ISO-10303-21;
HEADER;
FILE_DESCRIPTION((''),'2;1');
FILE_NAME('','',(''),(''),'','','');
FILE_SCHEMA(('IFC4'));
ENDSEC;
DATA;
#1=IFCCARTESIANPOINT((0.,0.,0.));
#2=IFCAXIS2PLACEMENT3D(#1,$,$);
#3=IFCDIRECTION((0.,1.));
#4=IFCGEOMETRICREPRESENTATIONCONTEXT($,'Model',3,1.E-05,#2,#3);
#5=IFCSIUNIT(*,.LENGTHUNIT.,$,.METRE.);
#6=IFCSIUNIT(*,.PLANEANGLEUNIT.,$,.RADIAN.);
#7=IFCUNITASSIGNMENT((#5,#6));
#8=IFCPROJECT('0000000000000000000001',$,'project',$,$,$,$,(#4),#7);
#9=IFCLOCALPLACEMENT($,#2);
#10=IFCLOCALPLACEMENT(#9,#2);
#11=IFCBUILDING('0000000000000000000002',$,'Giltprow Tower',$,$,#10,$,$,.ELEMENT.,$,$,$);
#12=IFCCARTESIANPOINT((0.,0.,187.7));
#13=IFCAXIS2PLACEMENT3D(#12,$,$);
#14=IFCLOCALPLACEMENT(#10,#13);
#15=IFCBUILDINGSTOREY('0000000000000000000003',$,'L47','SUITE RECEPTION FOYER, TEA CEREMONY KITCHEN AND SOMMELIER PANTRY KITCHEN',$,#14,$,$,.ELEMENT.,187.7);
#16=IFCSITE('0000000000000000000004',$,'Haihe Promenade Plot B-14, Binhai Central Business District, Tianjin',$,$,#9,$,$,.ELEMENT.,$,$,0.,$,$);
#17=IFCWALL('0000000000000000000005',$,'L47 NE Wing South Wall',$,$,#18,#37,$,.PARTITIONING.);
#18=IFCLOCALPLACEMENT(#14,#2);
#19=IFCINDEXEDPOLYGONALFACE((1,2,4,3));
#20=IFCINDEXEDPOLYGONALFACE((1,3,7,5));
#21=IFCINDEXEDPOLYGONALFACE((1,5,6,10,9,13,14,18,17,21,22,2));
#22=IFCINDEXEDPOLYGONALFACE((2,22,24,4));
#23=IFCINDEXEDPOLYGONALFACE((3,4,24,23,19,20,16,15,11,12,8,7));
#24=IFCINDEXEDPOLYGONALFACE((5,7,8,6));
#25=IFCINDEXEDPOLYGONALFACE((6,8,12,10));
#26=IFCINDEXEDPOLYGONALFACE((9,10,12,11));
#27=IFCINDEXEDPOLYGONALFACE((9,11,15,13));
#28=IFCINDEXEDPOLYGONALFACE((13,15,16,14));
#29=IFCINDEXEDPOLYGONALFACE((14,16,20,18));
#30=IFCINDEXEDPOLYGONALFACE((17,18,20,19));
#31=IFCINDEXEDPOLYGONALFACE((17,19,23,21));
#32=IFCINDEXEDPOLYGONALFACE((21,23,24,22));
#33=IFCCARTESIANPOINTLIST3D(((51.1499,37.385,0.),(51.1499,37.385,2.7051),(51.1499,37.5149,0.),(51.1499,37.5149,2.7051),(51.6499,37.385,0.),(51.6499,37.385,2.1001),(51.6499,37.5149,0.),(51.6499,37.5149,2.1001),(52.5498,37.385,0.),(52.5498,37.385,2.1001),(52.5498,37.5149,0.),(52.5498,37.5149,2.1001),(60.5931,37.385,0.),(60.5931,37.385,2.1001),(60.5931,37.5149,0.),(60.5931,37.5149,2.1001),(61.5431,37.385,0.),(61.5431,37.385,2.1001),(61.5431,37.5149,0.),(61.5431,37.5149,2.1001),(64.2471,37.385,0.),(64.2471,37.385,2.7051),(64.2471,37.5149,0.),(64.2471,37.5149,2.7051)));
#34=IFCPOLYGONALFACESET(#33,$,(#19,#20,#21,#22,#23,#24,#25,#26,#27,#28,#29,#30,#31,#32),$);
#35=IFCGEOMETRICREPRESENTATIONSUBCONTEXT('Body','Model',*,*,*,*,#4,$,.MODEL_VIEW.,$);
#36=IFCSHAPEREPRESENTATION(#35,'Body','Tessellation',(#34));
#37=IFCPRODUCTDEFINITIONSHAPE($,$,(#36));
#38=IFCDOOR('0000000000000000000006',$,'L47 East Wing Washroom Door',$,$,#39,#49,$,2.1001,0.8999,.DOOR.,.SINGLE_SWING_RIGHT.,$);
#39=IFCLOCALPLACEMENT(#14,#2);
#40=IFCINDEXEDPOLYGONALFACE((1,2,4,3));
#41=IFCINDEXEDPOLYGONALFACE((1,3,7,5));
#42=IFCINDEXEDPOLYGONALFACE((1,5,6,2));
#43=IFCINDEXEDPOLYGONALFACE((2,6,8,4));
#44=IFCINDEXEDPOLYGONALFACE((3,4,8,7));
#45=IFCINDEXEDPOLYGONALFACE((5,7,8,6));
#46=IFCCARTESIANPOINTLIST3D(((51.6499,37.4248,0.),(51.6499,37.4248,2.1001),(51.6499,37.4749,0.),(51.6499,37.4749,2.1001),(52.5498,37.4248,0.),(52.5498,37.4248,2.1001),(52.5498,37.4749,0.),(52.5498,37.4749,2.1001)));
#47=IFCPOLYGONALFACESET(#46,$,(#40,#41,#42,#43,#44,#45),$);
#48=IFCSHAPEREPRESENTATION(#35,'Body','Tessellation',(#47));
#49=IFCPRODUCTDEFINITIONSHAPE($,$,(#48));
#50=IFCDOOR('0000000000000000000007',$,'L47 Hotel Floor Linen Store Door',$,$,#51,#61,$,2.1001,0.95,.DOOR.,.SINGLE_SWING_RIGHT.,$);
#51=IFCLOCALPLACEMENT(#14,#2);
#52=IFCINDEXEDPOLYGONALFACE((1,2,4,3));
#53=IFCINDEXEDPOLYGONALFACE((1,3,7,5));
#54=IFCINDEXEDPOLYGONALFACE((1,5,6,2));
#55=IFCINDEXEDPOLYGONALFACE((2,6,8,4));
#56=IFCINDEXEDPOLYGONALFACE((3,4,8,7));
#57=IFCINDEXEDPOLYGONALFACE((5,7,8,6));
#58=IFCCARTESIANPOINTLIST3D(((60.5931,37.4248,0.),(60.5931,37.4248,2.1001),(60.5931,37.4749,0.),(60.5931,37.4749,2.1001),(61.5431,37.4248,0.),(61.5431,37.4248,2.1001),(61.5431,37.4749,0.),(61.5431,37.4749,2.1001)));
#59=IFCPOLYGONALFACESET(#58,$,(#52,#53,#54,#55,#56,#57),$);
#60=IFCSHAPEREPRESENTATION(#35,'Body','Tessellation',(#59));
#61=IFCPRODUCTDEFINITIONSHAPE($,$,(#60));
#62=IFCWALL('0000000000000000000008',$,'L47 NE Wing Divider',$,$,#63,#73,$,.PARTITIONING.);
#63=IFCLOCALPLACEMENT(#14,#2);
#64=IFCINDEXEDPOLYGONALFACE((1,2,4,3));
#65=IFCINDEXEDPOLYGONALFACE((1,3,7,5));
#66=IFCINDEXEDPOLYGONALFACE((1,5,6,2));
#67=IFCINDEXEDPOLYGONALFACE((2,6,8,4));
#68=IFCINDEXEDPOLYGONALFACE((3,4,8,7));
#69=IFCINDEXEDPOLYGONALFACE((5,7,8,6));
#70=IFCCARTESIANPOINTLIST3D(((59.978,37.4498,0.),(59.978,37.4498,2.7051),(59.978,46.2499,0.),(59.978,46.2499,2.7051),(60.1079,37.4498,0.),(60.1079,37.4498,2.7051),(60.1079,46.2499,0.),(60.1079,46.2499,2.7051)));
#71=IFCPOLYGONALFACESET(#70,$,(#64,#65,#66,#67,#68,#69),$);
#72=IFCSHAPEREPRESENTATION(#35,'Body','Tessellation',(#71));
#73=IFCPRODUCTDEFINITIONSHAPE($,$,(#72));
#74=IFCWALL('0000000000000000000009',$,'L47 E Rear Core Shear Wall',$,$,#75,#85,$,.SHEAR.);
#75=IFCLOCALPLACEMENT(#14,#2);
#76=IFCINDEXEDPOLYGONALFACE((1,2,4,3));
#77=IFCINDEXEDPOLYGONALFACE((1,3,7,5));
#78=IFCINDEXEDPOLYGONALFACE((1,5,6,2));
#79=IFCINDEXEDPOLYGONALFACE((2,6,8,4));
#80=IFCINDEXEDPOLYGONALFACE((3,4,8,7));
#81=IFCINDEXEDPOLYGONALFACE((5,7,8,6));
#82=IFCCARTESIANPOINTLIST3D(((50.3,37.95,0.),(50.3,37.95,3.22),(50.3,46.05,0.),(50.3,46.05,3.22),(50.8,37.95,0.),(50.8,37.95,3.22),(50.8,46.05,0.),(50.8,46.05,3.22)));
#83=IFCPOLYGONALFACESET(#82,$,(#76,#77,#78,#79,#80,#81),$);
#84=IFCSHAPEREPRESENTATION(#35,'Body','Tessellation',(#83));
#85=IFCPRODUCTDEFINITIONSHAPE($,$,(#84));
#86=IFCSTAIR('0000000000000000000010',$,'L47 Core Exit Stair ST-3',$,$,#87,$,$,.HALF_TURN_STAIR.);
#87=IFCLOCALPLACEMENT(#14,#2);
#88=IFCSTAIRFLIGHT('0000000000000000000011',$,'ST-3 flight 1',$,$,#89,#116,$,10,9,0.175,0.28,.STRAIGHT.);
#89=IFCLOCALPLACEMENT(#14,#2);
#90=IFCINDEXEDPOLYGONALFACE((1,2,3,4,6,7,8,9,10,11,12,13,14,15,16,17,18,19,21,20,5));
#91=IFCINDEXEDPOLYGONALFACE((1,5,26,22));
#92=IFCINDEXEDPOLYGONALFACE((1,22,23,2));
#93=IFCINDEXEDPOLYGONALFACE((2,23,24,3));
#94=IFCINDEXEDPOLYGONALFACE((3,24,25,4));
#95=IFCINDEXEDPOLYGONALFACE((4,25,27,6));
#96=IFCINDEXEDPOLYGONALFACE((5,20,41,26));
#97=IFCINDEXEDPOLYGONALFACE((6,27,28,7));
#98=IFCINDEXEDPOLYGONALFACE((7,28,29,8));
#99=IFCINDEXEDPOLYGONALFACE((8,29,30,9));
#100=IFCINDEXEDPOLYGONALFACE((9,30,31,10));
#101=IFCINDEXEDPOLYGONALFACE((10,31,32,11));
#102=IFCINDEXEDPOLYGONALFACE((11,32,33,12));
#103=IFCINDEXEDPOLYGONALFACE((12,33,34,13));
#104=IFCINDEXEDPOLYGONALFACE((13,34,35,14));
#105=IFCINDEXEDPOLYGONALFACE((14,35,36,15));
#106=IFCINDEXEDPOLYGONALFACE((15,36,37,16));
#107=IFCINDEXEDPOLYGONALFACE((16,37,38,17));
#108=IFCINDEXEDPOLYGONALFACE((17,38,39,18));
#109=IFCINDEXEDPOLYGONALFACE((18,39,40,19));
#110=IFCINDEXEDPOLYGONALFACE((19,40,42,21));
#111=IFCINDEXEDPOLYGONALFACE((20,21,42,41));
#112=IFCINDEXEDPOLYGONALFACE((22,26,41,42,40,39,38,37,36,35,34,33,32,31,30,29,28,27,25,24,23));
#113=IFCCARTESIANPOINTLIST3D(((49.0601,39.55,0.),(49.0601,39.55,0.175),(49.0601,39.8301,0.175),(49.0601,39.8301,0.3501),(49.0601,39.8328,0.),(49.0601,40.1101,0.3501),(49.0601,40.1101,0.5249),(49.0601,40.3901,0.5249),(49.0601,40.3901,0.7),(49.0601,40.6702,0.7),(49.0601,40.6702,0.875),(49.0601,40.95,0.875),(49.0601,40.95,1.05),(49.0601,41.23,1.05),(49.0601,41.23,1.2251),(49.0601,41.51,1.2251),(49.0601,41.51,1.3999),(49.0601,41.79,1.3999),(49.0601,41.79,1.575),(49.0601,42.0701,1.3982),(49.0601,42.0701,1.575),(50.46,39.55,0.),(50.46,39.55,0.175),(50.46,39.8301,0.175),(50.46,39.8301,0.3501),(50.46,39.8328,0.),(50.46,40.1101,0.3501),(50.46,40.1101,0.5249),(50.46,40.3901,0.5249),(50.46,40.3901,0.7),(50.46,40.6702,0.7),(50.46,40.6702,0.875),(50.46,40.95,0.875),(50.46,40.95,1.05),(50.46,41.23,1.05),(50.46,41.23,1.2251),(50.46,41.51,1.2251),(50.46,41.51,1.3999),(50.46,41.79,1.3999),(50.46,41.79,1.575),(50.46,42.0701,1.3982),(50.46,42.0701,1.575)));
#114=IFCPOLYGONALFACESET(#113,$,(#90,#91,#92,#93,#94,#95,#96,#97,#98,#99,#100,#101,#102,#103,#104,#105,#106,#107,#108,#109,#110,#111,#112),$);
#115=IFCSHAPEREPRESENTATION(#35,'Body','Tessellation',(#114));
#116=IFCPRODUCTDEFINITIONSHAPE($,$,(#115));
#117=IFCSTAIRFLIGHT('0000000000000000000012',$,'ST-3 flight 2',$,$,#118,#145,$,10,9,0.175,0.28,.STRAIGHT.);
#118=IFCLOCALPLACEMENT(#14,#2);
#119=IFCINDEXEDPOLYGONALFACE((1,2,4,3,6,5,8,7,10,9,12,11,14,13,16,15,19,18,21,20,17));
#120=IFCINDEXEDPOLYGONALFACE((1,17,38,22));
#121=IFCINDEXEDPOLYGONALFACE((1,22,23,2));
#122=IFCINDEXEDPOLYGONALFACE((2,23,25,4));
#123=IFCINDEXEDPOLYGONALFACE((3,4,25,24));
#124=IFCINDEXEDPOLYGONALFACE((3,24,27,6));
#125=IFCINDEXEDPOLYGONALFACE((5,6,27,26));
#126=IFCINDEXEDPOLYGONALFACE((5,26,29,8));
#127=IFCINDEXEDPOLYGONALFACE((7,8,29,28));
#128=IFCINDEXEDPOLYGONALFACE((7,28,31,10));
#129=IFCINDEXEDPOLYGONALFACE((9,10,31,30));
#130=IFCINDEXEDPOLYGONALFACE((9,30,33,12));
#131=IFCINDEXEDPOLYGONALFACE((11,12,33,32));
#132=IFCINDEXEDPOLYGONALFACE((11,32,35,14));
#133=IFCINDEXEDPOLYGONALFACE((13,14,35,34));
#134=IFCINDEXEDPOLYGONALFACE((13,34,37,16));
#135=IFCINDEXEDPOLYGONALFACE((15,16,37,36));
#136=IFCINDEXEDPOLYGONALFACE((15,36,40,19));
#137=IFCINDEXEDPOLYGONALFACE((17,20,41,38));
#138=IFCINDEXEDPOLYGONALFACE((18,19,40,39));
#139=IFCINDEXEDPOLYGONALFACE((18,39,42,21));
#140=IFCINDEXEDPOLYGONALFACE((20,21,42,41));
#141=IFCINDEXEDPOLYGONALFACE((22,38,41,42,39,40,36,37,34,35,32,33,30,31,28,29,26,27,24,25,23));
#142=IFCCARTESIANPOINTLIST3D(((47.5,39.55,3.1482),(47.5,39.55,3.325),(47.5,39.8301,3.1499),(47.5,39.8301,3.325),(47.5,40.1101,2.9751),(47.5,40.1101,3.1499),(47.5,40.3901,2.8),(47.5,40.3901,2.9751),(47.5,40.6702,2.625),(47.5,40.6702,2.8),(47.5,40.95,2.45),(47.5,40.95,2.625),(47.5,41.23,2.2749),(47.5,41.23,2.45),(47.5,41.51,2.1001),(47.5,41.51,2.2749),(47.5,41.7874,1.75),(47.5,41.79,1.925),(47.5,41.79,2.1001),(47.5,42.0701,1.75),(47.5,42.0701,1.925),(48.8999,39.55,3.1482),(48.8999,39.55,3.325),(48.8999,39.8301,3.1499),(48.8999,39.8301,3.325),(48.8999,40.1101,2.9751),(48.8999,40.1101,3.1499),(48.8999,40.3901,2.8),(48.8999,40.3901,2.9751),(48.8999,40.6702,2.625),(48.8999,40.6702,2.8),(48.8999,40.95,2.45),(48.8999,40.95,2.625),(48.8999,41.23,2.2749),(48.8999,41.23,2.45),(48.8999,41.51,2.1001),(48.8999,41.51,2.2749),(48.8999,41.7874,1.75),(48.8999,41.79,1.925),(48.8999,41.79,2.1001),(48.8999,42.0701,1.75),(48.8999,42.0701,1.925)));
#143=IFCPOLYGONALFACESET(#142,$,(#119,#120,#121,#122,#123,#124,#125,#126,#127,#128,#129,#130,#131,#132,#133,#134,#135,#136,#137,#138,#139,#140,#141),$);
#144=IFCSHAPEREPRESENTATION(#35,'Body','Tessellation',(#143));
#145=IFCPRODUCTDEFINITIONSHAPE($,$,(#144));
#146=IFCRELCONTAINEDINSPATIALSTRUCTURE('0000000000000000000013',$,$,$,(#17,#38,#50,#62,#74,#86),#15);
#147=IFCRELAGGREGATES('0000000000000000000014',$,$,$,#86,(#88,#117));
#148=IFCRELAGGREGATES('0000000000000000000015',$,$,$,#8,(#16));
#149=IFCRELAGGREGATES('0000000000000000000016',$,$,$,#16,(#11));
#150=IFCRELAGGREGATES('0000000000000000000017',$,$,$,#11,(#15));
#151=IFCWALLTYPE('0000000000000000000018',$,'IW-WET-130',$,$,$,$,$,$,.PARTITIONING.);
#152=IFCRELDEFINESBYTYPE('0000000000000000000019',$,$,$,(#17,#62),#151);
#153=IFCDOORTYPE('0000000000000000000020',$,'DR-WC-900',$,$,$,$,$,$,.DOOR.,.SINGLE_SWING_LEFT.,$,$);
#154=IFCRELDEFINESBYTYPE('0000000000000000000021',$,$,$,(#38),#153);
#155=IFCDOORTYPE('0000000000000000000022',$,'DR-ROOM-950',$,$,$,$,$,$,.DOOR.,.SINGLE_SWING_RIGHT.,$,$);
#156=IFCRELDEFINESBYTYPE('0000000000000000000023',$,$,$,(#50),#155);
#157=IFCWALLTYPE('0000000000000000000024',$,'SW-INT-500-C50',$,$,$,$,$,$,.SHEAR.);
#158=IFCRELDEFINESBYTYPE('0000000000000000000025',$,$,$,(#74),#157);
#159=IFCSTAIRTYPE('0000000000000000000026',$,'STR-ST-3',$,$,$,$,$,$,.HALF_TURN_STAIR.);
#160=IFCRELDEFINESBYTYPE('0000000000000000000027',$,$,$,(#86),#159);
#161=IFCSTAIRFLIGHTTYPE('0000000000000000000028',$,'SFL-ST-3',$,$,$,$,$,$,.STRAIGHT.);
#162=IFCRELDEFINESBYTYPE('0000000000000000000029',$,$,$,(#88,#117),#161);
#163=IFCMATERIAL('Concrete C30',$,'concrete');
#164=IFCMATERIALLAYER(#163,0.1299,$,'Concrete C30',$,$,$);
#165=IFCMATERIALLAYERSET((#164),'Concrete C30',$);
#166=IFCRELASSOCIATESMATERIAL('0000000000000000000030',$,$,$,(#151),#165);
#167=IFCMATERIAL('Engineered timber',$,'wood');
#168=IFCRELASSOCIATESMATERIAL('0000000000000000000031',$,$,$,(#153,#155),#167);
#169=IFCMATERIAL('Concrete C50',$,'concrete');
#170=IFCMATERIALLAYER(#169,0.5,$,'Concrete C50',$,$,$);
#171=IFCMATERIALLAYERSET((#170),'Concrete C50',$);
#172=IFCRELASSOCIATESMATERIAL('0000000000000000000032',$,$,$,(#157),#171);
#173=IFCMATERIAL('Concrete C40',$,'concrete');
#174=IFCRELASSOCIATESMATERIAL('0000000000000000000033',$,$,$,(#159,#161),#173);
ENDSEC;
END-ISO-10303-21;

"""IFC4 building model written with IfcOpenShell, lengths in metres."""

from ifc_helpers import new_model, si_unit, direction, frame, frame_2d, origin, place, context, subcontext, project, spatial, polyline, rectangle, outline, extrude, source, transform, mapped, material, layer, layer_set, type_object, element, fill, aggregate, save


model = new_model("IFC4")

# Units and contexts
model_context = context("Model", 3, precision=1e-05, world=origin(), true_north=direction((0.0, 1.0)))
body_context = subcontext(model_context, "Body", "Model", "MODEL_VIEW")
ifc_project = project(units=[si_unit("LENGTHUNIT", "METRE"), si_unit("PLANEANGLEUNIT", "RADIAN")], contexts=[model_context])

# Site, building, storey
site_placement = place(None, origin())
site = spatial("IfcSite", under=ifc_project, at=site_placement, Name="Haihe Promenade Plot B-14, Binhai Central Business District, Tianjin", CompositionType="ELEMENT", RefElevation=0.0)
building_placement = place(site_placement, origin())
building = spatial("IfcBuilding", under=site, at=building_placement, Name="Giltprow Tower", CompositionType="ELEMENT")
storey_placement = place(building_placement, frame((0.0, 0.0, 187.7)))
storey = spatial("IfcBuildingStorey", under=building, at=storey_placement, Name="L47", Description="SUITE RECEPTION FOYER, TEA CEREMONY KITCHEN AND SOMMELIER PANTRY KITCHEN", CompositionType="ELEMENT", Elevation=187.7)

# Shared definitions
ifc_material_1 = material(Name="Concrete C50", Category="concrete")

# Shared definitions
ifc_material_2 = material(Name="Concrete C40", Category="concrete")

# Wall, openings, doors
ifc_material_3 = material(Name="Concrete C30", Category="concrete")
ifc_layer_1 = layer(ifc_material_3, 0.1299, Name="Concrete C30")
ifc_layer_set_1 = layer_set([ifc_layer_1], Name="Concrete C30")
wall_type_1 = type_object("IfcWallType", Name="IW-WET-130", PredefinedType="PARTITIONING", material=ifc_layer_set_1)
wall_1_placement = place(storey_placement, frame((51.1499, 37.45, 0.0), z_axis=(0.0, 0.0, 1.0), x_axis=(1.0, 0.0, 0.0)))
wall_1 = element("IfcWall", 1, at=wall_1_placement, inside=storey, type_object=wall_type_1, Name="L47 NE Wing South Wall", PredefinedType="PARTITIONING", context=body_context, shape_type="SweptSolid", body=[
    extrude(rectangle(XDim=13.0972, YDim=0.1299, at=frame_2d((6.5486, 0.0))), origin(), (0.0, 0.0, 1.0), 2.7051),
])
opening_1_placement = place(wall_1_placement, frame((0.5, 0.0, 0.0)))
opening_1 = element("IfcOpeningElement", 2, at=opening_1_placement, cuts=wall_1, PredefinedType="OPENING", context=body_context, shape_type="SweptSolid", body=[
    extrude(rectangle(XDim=0.8999, YDim=2.1001, at=frame_2d((0.45, 1.05))), frame((0.0, 0.075, 0.0), z_axis=(0.0, -1.0, 0.0), x_axis=(1.0, 0.0, 0.0)), (0.0, 0.0, 1.0), 0.1499),
])
opening_2_placement = place(wall_1_placement, frame((9.4431, 0.0, 0.0)))
opening_2 = element("IfcOpeningElement", 3, at=opening_2_placement, cuts=wall_1, PredefinedType="OPENING", context=body_context, shape_type="SweptSolid", body=[
    extrude(rectangle(XDim=0.95, YDim=2.1001, at=frame_2d((0.4751, 1.05))), frame((0.0, 0.075, 0.0), z_axis=(0.0, -1.0, 0.0), x_axis=(1.0, 0.0, 0.0)), (0.0, 0.0, 1.0), 0.1499),
])
ifc_material_4 = material(Name="Engineered timber", Category="wood")
door_type_1 = type_object("IfcDoorType", Name="DR-WC-900", OperationType="SINGLE_SWING_LEFT", PredefinedType="DOOR", material=ifc_material_4)
shared_shape_1 = source(origin(), body_context, "Body", "SweptSolid", [
    extrude(rectangle(XDim=0.8999, YDim=2.1001, at=frame_2d((0.45, 1.05))), frame((0.0, 0.0249, 0.0), z_axis=(0.0, -1.0, 0.0), x_axis=(1.0, 0.0, 0.0)), (0.0, 0.0, 1.0), 0.05),
])
door_1_placement = place(opening_1_placement, origin())
door_1 = element("IfcDoor", 4, at=door_1_placement, inside=storey, type_object=door_type_1, Name="L47 East Wing Washroom Door", OperationType="SINGLE_SWING_RIGHT", OverallHeight=2.1001, OverallWidth=0.8999, PredefinedType="DOOR", context=body_context, shape_type="MappedRepresentation", body=[
    mapped(shared_shape_1, transform((0.0, 0.0, 0.0), x_axis=(1.0, 0.0, 0.0), y_axis=(0.0, 1.0, 0.0), z_axis=(0.0, 0.0, 1.0), scale=1.0)),
])
fill(opening_1, door_1)
door_type_2 = type_object("IfcDoorType", Name="DR-ROOM-950", OperationType="SINGLE_SWING_RIGHT", PredefinedType="DOOR", material=ifc_material_4)
shared_shape_2 = source(origin(), body_context, "Body", "SweptSolid", [
    extrude(rectangle(XDim=0.95, YDim=2.1001, at=frame_2d((0.4751, 1.05))), frame((0.0, 0.0249, 0.0), z_axis=(0.0, -1.0, 0.0), x_axis=(1.0, 0.0, 0.0)), (0.0, 0.0, 1.0), 0.05),
])
door_2_placement = place(opening_2_placement, origin())
door_2 = element("IfcDoor", 5, at=door_2_placement, inside=storey, type_object=door_type_2, Name="L47 Hotel Floor Linen Store Door", OperationType="SINGLE_SWING_RIGHT", OverallHeight=2.1001, OverallWidth=0.95, PredefinedType="DOOR", context=body_context, shape_type="MappedRepresentation", body=[
    mapped(shared_shape_2, transform((0.0, 0.0, 0.0), x_axis=(1.0, 0.0, 0.0), y_axis=(0.0, 1.0, 0.0), z_axis=(0.0, 0.0, 1.0), scale=1.0)),
])
fill(opening_2, door_2)

# Walls
wall_2_placement = place(storey_placement, frame((60.043, 37.45, 0.0), z_axis=(0.0, 0.0, 1.0), x_axis=(0.0, 1.0, 0.0)))
element("IfcWall", 6, at=wall_2_placement, inside=storey, type_object=wall_type_1, Name="L47 NE Wing Divider", PredefinedType="PARTITIONING", context=body_context, shape_type="SweptSolid", body=[
    extrude(rectangle(XDim=8.8, YDim=0.1299, at=frame_2d((4.3999, 0.0))), origin(), (0.0, 0.0, 1.0), 2.7051),
])
ifc_layer_2 = layer(ifc_material_1, 0.5, Name="Concrete C50")
ifc_layer_set_2 = layer_set([ifc_layer_2], Name="Concrete C50")
wall_type_2 = type_object("IfcWallType", Name="SW-INT-500-C50", PredefinedType="SHEAR", material=ifc_layer_set_2)
wall_3_placement = place(storey_placement, frame((50.55, 37.95, 0.0), z_axis=(0.0, 0.0, 1.0), x_axis=(0.0, 1.0, 0.0)))
element("IfcWall", 7, at=wall_3_placement, inside=storey, type_object=wall_type_2, Name="L47 E Rear Core Shear Wall", PredefinedType="SHEAR", context=body_context, shape_type="SweptSolid", body=[
    extrude(rectangle(XDim=8.1001, YDim=0.5, at=frame_2d((4.05, 0.0))), origin(), (0.0, 0.0, 1.0), 3.22),
])

# Stair, stair flights
stair_type = type_object("IfcStairType", Name="STR-ST-3", PredefinedType="HALF_TURN_STAIR", material=ifc_material_2)
stair_placement = place(storey_placement, origin())
stair = element("IfcStair", 8, at=stair_placement, inside=storey, type_object=stair_type, Name="L47 Core Exit Stair ST-3", PredefinedType="HALF_TURN_STAIR")
stair_flight_type = type_object("IfcStairFlightType", Name="SFL-ST-3", PredefinedType="STRAIGHT", material=ifc_material_2)
stair_flight_1_placement = place(storey_placement, frame((49.76, 39.55, 0.0), z_axis=(0.0, 0.0, 1.0), x_axis=(0.0, 1.0, 0.0)))
stair_flight_1 = element("IfcStairFlight", 9, at=stair_flight_1_placement, type_object=stair_flight_type, Name="ST-3 flight 1", NumberOfRisers=10, NumberOfTreads=9, PredefinedType="STRAIGHT", RiserHeight=0.175, TreadLength=0.28, context=body_context, shape_type="SweptSolid", body=[
    extrude(outline(polyline([(0.0, 0.0), (0.0, 0.175), (0.28, 0.175), (0.28, 0.3501), (0.5601, 0.3501), (0.5601, 0.5249), (0.8401, 0.5249), (0.8401, 0.7), (1.1201, 0.7), (1.1201, 0.875), (1.3999, 0.875), (1.3999, 1.05), (1.6799, 1.05), (1.6799, 1.2251), (1.96, 1.2251), (1.96, 1.3999), (2.24, 1.3999), (2.24, 1.575), (2.52, 1.575), (2.52, 1.75), (2.52, 1.3982), (0.2827, 0.0), (0.0, 0.0)])), frame((0.0, 0.7, 0.0), z_axis=(0.0, -1.0, 0.0), x_axis=(1.0, 0.0, 0.0)), (0.0, 0.0, 1.0), 1.3999),
])
stair_flight_2_placement = place(storey_placement, frame((48.2, 42.0701, 1.75), z_axis=(0.0, 0.0, 1.0), x_axis=(0.0, -1.0, 0.0)))
stair_flight_2 = element("IfcStairFlight", 10, at=stair_flight_2_placement, type_object=stair_flight_type, Name="ST-3 flight 2", NumberOfRisers=10, NumberOfTreads=9, PredefinedType="STRAIGHT", RiserHeight=0.175, TreadLength=0.28, context=body_context, shape_type="SweptSolid", body=[
    extrude(outline(polyline([(0.0, 0.0), (0.0, 0.175), (0.28, 0.175), (0.28, 0.3501), (0.5601, 0.3501), (0.5601, 0.5249), (0.8401, 0.5249), (0.8401, 0.7), (1.1201, 0.7), (1.1201, 0.875), (1.3999, 0.875), (1.3999, 1.05), (1.6799, 1.05), (1.6799, 1.2251), (1.96, 1.2251), (1.96, 1.3999), (2.24, 1.3999), (2.24, 1.575), (2.52, 1.575), (2.52, 1.75), (2.52, 1.3982), (0.2827, 0.0), (0.0, 0.0)])), frame((0.0, 0.7, 0.0), z_axis=(0.0, -1.0, 0.0), x_axis=(1.0, 0.0, 0.0)), (0.0, 0.0, 1.0), 1.3999),
])
aggregate(stair, [stair_flight_1, stair_flight_2])

save(model, "model.ifc")
